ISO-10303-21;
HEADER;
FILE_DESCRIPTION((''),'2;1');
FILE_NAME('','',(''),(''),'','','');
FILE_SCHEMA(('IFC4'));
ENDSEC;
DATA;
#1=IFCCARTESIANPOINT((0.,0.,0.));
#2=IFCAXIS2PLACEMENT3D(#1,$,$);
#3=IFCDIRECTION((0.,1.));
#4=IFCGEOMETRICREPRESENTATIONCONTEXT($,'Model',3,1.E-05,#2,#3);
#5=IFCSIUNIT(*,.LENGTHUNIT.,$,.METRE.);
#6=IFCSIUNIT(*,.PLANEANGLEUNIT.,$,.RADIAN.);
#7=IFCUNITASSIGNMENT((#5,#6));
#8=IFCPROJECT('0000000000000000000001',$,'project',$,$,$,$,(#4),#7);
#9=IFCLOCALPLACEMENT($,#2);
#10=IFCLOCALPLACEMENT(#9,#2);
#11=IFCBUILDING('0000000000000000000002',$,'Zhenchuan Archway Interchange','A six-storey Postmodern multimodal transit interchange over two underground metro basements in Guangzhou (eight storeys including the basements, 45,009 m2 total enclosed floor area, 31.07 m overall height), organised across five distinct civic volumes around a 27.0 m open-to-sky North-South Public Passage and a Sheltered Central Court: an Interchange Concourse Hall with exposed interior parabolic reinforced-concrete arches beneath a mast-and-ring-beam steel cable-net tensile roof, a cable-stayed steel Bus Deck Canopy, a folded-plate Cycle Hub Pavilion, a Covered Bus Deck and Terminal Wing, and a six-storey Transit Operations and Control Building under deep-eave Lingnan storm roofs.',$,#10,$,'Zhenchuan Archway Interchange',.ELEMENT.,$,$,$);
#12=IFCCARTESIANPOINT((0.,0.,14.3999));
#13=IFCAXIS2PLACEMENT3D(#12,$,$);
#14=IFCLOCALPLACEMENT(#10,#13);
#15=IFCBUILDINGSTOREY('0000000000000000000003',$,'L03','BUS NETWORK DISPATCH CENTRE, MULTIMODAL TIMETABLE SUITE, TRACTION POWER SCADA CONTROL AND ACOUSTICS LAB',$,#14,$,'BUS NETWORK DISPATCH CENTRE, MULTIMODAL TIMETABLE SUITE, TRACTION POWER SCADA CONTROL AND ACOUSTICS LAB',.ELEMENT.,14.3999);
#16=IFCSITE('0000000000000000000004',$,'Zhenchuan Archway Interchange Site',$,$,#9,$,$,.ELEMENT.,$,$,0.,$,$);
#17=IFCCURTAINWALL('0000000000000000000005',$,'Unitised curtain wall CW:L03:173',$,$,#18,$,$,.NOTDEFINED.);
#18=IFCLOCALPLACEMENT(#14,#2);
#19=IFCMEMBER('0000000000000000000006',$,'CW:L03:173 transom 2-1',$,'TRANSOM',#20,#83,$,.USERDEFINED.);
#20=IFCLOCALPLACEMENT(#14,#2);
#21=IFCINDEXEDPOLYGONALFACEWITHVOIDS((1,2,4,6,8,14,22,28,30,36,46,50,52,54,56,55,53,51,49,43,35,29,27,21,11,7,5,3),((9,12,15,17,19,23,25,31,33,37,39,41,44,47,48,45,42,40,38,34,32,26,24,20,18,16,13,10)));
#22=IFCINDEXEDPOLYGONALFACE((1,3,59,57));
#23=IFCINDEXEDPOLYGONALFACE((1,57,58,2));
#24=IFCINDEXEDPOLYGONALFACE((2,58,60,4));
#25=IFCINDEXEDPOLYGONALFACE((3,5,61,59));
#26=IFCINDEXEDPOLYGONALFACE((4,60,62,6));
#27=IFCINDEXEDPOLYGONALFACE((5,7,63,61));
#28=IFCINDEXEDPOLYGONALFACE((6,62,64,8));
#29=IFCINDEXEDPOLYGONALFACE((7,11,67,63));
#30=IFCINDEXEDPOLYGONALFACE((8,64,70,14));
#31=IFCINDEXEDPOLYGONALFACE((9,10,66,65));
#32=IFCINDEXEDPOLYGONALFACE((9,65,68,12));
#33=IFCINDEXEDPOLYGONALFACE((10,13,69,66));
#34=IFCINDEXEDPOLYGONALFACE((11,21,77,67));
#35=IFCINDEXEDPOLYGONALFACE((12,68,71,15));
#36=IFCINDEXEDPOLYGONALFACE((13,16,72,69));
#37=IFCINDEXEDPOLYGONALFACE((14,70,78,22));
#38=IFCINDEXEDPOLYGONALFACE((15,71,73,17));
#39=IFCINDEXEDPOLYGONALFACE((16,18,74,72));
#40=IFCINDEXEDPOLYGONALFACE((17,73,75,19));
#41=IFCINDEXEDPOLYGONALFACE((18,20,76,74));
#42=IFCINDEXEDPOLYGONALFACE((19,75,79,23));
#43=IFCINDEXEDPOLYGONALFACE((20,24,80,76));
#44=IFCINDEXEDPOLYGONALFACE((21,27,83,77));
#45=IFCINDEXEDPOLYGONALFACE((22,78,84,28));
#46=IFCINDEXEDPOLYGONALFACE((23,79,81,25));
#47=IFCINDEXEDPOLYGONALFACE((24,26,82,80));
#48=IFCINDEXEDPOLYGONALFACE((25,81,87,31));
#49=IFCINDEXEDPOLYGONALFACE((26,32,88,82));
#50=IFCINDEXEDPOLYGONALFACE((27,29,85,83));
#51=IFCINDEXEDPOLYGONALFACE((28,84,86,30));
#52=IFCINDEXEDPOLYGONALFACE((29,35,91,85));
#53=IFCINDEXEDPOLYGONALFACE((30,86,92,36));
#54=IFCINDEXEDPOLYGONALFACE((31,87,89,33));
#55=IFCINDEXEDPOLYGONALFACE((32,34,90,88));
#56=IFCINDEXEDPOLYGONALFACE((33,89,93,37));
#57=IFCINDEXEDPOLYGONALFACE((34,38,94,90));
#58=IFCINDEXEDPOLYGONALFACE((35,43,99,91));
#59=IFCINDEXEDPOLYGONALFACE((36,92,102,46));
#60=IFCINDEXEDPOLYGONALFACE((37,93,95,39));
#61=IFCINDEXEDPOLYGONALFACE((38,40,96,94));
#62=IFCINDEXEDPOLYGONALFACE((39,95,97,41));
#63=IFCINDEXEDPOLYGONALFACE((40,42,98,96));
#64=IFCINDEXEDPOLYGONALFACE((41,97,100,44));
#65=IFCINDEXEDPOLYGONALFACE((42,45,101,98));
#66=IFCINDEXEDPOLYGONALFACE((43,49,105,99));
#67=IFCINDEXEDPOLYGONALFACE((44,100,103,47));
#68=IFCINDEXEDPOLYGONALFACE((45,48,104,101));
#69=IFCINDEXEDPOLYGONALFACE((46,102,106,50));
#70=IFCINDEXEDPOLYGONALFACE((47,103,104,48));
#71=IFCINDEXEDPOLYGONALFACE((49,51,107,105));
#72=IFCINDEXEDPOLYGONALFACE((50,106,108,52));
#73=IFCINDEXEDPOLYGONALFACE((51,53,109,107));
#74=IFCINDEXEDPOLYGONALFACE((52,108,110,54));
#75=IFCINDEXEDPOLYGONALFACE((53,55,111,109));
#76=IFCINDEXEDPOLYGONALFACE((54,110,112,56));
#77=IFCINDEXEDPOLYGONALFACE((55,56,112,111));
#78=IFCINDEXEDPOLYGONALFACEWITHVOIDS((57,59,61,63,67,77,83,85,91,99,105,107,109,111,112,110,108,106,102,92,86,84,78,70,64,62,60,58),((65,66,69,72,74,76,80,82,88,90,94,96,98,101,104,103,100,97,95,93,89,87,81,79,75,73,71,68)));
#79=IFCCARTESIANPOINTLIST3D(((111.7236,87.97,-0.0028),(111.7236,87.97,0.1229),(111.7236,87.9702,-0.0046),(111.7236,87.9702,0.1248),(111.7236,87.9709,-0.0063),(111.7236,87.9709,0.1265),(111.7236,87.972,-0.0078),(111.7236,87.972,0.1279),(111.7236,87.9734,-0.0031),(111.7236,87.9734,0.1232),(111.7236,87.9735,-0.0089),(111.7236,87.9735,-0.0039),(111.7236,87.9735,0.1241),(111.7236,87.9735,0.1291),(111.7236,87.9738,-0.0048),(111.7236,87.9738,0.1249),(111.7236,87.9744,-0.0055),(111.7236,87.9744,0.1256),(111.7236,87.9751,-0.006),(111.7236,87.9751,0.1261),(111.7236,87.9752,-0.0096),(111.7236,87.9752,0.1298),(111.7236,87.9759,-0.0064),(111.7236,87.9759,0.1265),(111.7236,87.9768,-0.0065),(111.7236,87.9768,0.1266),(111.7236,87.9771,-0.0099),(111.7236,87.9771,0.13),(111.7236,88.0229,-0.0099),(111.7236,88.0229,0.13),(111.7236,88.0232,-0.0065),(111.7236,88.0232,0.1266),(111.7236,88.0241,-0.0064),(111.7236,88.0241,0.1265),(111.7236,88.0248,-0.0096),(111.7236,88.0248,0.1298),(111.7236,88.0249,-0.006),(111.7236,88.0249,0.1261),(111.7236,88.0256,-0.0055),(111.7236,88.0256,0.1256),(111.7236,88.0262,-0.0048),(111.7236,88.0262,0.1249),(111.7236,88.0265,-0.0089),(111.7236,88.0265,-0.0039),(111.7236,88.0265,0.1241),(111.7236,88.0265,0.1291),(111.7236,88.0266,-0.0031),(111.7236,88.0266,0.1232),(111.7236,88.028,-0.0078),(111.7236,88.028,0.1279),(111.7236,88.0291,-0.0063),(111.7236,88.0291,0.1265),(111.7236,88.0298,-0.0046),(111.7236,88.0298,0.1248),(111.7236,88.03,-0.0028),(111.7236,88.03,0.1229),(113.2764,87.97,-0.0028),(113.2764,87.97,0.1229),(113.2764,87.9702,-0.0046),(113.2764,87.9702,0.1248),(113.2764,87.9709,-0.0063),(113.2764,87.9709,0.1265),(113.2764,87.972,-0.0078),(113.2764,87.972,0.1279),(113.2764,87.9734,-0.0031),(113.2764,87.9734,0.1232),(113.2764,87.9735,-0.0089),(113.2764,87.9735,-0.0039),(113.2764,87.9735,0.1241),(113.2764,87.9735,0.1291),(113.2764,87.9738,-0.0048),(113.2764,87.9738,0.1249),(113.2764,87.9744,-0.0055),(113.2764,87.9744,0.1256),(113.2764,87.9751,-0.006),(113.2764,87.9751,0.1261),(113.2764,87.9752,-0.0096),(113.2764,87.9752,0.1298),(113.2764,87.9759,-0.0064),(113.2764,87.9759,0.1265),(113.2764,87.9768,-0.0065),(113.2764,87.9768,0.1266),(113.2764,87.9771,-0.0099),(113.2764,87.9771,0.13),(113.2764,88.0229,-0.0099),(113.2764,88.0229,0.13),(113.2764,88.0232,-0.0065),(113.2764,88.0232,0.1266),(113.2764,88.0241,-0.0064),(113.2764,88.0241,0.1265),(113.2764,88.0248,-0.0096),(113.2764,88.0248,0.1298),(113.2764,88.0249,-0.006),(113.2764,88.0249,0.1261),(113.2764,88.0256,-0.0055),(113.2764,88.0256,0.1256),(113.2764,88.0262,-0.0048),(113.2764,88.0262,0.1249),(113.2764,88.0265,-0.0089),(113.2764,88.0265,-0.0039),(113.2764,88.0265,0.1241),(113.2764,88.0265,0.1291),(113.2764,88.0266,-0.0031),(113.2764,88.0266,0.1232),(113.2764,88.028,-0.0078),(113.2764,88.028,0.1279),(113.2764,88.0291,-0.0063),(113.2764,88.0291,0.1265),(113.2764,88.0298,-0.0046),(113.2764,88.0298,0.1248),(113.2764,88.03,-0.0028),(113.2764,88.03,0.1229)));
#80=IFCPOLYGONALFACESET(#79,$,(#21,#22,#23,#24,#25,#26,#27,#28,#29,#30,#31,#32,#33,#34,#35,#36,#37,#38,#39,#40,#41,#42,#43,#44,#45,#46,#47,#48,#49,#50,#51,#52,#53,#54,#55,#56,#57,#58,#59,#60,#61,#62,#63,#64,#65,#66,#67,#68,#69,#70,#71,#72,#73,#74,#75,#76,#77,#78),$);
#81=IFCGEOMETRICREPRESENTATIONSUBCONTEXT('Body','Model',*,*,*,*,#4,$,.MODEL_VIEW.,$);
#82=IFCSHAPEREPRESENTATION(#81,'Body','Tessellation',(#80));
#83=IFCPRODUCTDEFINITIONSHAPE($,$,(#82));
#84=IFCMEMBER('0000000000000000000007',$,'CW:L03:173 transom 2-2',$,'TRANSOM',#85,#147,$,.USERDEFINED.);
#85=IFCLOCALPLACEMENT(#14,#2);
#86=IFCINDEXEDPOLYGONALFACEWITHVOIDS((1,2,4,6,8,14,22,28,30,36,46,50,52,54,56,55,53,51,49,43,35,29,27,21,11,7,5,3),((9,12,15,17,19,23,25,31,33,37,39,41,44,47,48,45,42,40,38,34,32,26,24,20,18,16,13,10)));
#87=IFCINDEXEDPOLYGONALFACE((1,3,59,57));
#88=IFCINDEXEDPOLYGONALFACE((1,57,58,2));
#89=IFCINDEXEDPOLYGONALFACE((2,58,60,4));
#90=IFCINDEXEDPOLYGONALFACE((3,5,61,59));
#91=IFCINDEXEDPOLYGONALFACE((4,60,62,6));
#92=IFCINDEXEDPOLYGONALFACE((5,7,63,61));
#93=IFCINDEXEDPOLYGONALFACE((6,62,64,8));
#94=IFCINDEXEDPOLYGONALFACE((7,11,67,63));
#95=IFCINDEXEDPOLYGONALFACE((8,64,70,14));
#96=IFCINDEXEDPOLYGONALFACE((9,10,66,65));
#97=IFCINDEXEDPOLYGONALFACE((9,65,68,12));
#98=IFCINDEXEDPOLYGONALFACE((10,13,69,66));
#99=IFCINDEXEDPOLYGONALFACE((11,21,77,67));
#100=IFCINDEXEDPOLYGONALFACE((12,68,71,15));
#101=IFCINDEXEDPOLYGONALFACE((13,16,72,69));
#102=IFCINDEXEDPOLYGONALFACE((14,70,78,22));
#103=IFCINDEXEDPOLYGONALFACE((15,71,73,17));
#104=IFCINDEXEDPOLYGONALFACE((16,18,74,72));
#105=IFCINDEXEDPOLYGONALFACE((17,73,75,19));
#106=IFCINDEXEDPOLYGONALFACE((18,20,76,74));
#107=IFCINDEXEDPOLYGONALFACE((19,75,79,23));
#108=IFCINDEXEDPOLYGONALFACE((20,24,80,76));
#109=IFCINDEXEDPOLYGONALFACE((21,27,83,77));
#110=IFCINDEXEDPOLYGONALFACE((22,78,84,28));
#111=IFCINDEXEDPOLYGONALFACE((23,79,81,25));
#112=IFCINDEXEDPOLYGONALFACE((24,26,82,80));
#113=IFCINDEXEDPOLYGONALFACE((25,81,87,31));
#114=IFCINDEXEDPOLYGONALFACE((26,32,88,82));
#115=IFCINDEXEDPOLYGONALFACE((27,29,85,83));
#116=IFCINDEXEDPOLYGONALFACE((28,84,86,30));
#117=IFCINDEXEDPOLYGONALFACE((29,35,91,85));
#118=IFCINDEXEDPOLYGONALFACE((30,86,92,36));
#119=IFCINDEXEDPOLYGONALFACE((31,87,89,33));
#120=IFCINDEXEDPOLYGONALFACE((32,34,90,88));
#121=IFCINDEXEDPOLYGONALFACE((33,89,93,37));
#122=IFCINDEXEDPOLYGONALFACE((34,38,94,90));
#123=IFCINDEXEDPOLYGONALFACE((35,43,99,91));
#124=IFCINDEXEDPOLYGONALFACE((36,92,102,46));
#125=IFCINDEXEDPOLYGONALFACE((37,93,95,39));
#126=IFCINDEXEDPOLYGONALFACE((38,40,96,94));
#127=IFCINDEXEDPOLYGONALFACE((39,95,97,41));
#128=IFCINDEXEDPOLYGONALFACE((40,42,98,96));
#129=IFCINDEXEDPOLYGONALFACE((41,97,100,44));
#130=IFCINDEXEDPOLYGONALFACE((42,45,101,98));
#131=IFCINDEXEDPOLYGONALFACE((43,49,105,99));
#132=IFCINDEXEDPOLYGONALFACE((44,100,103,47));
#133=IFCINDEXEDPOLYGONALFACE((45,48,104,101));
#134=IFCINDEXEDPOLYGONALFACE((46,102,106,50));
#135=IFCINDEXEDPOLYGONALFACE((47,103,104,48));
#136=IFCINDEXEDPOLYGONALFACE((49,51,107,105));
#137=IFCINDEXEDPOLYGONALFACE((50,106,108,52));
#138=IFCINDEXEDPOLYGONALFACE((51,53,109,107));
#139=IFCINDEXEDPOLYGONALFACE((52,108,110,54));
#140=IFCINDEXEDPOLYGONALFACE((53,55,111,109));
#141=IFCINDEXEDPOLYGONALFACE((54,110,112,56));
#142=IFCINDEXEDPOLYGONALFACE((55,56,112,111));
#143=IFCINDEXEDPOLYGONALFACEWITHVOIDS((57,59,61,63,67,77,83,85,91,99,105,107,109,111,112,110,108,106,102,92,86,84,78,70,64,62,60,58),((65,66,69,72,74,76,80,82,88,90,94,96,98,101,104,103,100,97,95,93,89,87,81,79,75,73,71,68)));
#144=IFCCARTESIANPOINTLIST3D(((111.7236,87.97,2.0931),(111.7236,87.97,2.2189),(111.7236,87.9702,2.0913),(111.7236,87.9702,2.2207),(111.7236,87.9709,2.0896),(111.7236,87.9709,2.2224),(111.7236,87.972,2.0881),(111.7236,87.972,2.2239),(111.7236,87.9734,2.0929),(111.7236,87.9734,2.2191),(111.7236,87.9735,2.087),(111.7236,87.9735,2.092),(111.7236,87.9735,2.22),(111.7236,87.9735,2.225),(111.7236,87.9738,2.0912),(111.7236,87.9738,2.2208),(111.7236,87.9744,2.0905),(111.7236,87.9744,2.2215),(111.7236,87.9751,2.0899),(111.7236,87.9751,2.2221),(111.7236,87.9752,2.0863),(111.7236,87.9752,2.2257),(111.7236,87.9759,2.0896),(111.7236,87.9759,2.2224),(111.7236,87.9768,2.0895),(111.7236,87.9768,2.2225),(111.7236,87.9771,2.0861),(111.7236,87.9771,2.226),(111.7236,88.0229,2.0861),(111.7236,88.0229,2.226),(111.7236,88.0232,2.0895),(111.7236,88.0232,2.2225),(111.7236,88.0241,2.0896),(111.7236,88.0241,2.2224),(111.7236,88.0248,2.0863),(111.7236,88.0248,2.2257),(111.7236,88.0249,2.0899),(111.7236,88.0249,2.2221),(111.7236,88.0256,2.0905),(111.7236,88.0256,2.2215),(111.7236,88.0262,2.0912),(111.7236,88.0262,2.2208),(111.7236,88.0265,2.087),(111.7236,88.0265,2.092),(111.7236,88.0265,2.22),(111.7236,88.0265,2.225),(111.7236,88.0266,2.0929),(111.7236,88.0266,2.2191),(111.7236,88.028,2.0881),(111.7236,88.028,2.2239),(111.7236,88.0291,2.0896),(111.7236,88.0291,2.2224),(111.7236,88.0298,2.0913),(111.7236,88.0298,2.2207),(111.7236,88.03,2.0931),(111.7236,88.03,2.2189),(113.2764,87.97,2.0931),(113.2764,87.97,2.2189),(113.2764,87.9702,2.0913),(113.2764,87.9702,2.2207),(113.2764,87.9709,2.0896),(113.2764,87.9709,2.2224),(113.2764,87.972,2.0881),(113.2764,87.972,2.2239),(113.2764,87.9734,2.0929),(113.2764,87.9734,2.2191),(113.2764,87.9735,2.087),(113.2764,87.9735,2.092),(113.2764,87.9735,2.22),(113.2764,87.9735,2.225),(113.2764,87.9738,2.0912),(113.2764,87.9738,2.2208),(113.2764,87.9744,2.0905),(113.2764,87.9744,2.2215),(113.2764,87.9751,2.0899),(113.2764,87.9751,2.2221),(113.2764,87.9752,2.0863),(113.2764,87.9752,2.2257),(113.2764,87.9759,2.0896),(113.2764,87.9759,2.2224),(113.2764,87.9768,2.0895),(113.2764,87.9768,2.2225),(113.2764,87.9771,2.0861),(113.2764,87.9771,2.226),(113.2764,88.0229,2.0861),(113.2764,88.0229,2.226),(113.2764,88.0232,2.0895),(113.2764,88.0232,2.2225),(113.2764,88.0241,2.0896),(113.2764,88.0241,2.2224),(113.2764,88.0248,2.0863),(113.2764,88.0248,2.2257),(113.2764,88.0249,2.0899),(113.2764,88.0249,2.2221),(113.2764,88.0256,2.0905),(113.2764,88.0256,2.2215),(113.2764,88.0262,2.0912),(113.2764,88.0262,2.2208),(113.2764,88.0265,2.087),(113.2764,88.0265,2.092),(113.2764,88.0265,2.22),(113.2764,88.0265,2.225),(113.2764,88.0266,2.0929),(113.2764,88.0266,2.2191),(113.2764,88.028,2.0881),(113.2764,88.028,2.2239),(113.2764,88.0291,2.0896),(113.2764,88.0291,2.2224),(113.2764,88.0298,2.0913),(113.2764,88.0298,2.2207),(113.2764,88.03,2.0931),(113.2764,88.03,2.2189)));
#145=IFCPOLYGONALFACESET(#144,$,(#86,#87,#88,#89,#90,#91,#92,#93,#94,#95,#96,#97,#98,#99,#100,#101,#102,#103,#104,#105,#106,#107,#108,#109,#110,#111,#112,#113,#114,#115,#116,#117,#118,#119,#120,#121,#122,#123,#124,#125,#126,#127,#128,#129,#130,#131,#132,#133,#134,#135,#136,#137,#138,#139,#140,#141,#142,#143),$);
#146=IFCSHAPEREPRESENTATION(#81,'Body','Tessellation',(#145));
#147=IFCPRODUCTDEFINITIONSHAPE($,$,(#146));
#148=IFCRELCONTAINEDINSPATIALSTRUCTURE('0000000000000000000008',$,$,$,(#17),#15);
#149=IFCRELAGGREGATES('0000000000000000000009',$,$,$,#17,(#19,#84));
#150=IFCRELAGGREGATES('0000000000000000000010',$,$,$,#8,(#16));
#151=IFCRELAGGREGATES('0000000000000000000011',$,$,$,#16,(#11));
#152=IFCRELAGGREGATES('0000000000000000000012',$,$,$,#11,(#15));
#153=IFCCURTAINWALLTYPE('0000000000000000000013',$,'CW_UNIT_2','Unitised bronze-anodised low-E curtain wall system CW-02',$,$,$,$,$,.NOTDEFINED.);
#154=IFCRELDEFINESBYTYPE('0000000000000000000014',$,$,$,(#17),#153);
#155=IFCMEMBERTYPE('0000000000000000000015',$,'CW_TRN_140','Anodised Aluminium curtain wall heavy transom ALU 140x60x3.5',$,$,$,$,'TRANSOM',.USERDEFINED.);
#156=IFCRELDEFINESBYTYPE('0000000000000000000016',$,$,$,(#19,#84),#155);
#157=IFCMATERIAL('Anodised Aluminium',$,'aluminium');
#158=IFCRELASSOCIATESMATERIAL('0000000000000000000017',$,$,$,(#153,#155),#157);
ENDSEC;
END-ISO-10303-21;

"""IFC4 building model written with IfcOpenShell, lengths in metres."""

from ifc_helpers import new_model, si_unit, direction, frame, origin, origin_2d, place, context, subcontext, project, spatial, hollow_rectangle, extrude, material, material_profile, profile_set, type_object, element, aggregate, save


model = new_model("IFC4")

# Units and contexts
model_context = context("Model", 3, precision=1e-05, world=origin(), true_north=direction((0.0, 1.0)))
body_context = subcontext(model_context, "Body", "Model", "MODEL_VIEW")
ifc_project = project(units=[si_unit("LENGTHUNIT", "METRE"), si_unit("PLANEANGLEUNIT", "RADIAN")], contexts=[model_context])

# Site, building, storey
site_placement = place(None, origin())
site = spatial("IfcSite", under=ifc_project, at=site_placement, Name="Zhenchuan Archway Interchange Site", CompositionType="ELEMENT", RefElevation=0.0)
building_placement = place(site_placement, origin())
building = spatial("IfcBuilding", under=site, at=building_placement, Name="Zhenchuan Archway Interchange", Description="A six-storey Postmodern multimodal transit interchange over two underground metro basements in Guangzhou (eight storeys including the basements, 45,009 m2 total enclosed floor area, 31.07 m overall height), organised across five distinct civic volumes around a 27.0 m open-to-sky North-South Public Passage and a Sheltered Central Court: an Interchange Concourse Hall with exposed interior parabolic reinforced-concrete arches beneath a mast-and-ring-beam steel cable-net tensile roof, a cable-stayed steel Bus Deck Canopy, a folded-plate Cycle Hub Pavilion, a Covered Bus Deck and Terminal Wing, and a six-storey Transit Operations and Control Building under deep-eave Lingnan storm roofs.", LongName="Zhenchuan Archway Interchange", CompositionType="ELEMENT")
storey_placement = place(building_placement, frame((0.0, 0.0, 14.3999)))
storey = spatial("IfcBuildingStorey", under=building, at=storey_placement, Name="L03", Description="BUS NETWORK DISPATCH CENTRE, MULTIMODAL TIMETABLE SUITE, TRACTION POWER SCADA CONTROL AND ACOUSTICS LAB", LongName="BUS NETWORK DISPATCH CENTRE, MULTIMODAL TIMETABLE SUITE, TRACTION POWER SCADA CONTROL AND ACOUSTICS LAB", CompositionType="ELEMENT", Elevation=14.3999)

# Curtain wall, members
ifc_material_1 = material(Name="Anodised Aluminium", Category="aluminium")
curtain_wall_type = type_object("IfcCurtainWallType", Name="CW_UNIT_2", Description="Unitised bronze-anodised low-E curtain wall system CW-02", PredefinedType="NOTDEFINED", material=ifc_material_1)
curtain_wall_placement = place(storey_placement, origin())
curtain_wall = element("IfcCurtainWall", 1, at=curtain_wall_placement, inside=storey, type_object=curtain_wall_type, Name="Unitised curtain wall CW:L03:173", PredefinedType="NOTDEFINED")
ifc_material_profile_1 = material_profile(ifc_material_1, hollow_rectangle(XDim=0.0601, YDim=0.1399, WallThickness=0.0034, InnerFilletRadius=0.0034, OuterFilletRadius=0.0071, at=origin_2d()), Name="ALU 140x60x3.5")
ifc_profile_set_1 = profile_set([ifc_material_profile_1], Name="Anodised Aluminium")
member_type_1 = type_object("IfcMemberType", Name="CW_TRN_140", Description="Anodised Aluminium curtain wall heavy transom ALU 140x60x3.5", ElementType="TRANSOM", PredefinedType="USERDEFINED", material=ifc_profile_set_1)
member_1_placement = place(storey_placement, frame((113.2764, 88.0, 0.0601), z_axis=(-1.0, 0.0, 0.0), x_axis=(0.0, -1.0, 0.0)))
member_1 = element("IfcMember", 2, at=member_1_placement, type_object=member_type_1, Name="CW:L03:173 transom 2-1", ObjectType="TRANSOM", PredefinedType="USERDEFINED", context=body_context, shape_type="SweptSolid", body=[
    extrude(hollow_rectangle(XDim=0.0601, YDim=0.1399, WallThickness=0.0034, InnerFilletRadius=0.0034, OuterFilletRadius=0.0071, at=origin_2d()), origin(), (0.0, 0.0, 1.0), 1.5527),
])
member_2_placement = place(storey_placement, frame((113.2764, 88.0, 2.156), z_axis=(-1.0, 0.0, 0.0), x_axis=(0.0, -1.0, 0.0)))
member_2 = element("IfcMember", 3, at=member_2_placement, type_object=member_type_1, Name="CW:L03:173 transom 2-2", ObjectType="TRANSOM", PredefinedType="USERDEFINED", context=body_context, shape_type="SweptSolid", body=[
    extrude(hollow_rectangle(XDim=0.0601, YDim=0.1399, WallThickness=0.0034, InnerFilletRadius=0.0034, OuterFilletRadius=0.0071, at=origin_2d()), origin(), (0.0, 0.0, 1.0), 1.5527),
])

aggregate(curtain_wall, [member_1, member_2])

save(model, "model.ifc")
